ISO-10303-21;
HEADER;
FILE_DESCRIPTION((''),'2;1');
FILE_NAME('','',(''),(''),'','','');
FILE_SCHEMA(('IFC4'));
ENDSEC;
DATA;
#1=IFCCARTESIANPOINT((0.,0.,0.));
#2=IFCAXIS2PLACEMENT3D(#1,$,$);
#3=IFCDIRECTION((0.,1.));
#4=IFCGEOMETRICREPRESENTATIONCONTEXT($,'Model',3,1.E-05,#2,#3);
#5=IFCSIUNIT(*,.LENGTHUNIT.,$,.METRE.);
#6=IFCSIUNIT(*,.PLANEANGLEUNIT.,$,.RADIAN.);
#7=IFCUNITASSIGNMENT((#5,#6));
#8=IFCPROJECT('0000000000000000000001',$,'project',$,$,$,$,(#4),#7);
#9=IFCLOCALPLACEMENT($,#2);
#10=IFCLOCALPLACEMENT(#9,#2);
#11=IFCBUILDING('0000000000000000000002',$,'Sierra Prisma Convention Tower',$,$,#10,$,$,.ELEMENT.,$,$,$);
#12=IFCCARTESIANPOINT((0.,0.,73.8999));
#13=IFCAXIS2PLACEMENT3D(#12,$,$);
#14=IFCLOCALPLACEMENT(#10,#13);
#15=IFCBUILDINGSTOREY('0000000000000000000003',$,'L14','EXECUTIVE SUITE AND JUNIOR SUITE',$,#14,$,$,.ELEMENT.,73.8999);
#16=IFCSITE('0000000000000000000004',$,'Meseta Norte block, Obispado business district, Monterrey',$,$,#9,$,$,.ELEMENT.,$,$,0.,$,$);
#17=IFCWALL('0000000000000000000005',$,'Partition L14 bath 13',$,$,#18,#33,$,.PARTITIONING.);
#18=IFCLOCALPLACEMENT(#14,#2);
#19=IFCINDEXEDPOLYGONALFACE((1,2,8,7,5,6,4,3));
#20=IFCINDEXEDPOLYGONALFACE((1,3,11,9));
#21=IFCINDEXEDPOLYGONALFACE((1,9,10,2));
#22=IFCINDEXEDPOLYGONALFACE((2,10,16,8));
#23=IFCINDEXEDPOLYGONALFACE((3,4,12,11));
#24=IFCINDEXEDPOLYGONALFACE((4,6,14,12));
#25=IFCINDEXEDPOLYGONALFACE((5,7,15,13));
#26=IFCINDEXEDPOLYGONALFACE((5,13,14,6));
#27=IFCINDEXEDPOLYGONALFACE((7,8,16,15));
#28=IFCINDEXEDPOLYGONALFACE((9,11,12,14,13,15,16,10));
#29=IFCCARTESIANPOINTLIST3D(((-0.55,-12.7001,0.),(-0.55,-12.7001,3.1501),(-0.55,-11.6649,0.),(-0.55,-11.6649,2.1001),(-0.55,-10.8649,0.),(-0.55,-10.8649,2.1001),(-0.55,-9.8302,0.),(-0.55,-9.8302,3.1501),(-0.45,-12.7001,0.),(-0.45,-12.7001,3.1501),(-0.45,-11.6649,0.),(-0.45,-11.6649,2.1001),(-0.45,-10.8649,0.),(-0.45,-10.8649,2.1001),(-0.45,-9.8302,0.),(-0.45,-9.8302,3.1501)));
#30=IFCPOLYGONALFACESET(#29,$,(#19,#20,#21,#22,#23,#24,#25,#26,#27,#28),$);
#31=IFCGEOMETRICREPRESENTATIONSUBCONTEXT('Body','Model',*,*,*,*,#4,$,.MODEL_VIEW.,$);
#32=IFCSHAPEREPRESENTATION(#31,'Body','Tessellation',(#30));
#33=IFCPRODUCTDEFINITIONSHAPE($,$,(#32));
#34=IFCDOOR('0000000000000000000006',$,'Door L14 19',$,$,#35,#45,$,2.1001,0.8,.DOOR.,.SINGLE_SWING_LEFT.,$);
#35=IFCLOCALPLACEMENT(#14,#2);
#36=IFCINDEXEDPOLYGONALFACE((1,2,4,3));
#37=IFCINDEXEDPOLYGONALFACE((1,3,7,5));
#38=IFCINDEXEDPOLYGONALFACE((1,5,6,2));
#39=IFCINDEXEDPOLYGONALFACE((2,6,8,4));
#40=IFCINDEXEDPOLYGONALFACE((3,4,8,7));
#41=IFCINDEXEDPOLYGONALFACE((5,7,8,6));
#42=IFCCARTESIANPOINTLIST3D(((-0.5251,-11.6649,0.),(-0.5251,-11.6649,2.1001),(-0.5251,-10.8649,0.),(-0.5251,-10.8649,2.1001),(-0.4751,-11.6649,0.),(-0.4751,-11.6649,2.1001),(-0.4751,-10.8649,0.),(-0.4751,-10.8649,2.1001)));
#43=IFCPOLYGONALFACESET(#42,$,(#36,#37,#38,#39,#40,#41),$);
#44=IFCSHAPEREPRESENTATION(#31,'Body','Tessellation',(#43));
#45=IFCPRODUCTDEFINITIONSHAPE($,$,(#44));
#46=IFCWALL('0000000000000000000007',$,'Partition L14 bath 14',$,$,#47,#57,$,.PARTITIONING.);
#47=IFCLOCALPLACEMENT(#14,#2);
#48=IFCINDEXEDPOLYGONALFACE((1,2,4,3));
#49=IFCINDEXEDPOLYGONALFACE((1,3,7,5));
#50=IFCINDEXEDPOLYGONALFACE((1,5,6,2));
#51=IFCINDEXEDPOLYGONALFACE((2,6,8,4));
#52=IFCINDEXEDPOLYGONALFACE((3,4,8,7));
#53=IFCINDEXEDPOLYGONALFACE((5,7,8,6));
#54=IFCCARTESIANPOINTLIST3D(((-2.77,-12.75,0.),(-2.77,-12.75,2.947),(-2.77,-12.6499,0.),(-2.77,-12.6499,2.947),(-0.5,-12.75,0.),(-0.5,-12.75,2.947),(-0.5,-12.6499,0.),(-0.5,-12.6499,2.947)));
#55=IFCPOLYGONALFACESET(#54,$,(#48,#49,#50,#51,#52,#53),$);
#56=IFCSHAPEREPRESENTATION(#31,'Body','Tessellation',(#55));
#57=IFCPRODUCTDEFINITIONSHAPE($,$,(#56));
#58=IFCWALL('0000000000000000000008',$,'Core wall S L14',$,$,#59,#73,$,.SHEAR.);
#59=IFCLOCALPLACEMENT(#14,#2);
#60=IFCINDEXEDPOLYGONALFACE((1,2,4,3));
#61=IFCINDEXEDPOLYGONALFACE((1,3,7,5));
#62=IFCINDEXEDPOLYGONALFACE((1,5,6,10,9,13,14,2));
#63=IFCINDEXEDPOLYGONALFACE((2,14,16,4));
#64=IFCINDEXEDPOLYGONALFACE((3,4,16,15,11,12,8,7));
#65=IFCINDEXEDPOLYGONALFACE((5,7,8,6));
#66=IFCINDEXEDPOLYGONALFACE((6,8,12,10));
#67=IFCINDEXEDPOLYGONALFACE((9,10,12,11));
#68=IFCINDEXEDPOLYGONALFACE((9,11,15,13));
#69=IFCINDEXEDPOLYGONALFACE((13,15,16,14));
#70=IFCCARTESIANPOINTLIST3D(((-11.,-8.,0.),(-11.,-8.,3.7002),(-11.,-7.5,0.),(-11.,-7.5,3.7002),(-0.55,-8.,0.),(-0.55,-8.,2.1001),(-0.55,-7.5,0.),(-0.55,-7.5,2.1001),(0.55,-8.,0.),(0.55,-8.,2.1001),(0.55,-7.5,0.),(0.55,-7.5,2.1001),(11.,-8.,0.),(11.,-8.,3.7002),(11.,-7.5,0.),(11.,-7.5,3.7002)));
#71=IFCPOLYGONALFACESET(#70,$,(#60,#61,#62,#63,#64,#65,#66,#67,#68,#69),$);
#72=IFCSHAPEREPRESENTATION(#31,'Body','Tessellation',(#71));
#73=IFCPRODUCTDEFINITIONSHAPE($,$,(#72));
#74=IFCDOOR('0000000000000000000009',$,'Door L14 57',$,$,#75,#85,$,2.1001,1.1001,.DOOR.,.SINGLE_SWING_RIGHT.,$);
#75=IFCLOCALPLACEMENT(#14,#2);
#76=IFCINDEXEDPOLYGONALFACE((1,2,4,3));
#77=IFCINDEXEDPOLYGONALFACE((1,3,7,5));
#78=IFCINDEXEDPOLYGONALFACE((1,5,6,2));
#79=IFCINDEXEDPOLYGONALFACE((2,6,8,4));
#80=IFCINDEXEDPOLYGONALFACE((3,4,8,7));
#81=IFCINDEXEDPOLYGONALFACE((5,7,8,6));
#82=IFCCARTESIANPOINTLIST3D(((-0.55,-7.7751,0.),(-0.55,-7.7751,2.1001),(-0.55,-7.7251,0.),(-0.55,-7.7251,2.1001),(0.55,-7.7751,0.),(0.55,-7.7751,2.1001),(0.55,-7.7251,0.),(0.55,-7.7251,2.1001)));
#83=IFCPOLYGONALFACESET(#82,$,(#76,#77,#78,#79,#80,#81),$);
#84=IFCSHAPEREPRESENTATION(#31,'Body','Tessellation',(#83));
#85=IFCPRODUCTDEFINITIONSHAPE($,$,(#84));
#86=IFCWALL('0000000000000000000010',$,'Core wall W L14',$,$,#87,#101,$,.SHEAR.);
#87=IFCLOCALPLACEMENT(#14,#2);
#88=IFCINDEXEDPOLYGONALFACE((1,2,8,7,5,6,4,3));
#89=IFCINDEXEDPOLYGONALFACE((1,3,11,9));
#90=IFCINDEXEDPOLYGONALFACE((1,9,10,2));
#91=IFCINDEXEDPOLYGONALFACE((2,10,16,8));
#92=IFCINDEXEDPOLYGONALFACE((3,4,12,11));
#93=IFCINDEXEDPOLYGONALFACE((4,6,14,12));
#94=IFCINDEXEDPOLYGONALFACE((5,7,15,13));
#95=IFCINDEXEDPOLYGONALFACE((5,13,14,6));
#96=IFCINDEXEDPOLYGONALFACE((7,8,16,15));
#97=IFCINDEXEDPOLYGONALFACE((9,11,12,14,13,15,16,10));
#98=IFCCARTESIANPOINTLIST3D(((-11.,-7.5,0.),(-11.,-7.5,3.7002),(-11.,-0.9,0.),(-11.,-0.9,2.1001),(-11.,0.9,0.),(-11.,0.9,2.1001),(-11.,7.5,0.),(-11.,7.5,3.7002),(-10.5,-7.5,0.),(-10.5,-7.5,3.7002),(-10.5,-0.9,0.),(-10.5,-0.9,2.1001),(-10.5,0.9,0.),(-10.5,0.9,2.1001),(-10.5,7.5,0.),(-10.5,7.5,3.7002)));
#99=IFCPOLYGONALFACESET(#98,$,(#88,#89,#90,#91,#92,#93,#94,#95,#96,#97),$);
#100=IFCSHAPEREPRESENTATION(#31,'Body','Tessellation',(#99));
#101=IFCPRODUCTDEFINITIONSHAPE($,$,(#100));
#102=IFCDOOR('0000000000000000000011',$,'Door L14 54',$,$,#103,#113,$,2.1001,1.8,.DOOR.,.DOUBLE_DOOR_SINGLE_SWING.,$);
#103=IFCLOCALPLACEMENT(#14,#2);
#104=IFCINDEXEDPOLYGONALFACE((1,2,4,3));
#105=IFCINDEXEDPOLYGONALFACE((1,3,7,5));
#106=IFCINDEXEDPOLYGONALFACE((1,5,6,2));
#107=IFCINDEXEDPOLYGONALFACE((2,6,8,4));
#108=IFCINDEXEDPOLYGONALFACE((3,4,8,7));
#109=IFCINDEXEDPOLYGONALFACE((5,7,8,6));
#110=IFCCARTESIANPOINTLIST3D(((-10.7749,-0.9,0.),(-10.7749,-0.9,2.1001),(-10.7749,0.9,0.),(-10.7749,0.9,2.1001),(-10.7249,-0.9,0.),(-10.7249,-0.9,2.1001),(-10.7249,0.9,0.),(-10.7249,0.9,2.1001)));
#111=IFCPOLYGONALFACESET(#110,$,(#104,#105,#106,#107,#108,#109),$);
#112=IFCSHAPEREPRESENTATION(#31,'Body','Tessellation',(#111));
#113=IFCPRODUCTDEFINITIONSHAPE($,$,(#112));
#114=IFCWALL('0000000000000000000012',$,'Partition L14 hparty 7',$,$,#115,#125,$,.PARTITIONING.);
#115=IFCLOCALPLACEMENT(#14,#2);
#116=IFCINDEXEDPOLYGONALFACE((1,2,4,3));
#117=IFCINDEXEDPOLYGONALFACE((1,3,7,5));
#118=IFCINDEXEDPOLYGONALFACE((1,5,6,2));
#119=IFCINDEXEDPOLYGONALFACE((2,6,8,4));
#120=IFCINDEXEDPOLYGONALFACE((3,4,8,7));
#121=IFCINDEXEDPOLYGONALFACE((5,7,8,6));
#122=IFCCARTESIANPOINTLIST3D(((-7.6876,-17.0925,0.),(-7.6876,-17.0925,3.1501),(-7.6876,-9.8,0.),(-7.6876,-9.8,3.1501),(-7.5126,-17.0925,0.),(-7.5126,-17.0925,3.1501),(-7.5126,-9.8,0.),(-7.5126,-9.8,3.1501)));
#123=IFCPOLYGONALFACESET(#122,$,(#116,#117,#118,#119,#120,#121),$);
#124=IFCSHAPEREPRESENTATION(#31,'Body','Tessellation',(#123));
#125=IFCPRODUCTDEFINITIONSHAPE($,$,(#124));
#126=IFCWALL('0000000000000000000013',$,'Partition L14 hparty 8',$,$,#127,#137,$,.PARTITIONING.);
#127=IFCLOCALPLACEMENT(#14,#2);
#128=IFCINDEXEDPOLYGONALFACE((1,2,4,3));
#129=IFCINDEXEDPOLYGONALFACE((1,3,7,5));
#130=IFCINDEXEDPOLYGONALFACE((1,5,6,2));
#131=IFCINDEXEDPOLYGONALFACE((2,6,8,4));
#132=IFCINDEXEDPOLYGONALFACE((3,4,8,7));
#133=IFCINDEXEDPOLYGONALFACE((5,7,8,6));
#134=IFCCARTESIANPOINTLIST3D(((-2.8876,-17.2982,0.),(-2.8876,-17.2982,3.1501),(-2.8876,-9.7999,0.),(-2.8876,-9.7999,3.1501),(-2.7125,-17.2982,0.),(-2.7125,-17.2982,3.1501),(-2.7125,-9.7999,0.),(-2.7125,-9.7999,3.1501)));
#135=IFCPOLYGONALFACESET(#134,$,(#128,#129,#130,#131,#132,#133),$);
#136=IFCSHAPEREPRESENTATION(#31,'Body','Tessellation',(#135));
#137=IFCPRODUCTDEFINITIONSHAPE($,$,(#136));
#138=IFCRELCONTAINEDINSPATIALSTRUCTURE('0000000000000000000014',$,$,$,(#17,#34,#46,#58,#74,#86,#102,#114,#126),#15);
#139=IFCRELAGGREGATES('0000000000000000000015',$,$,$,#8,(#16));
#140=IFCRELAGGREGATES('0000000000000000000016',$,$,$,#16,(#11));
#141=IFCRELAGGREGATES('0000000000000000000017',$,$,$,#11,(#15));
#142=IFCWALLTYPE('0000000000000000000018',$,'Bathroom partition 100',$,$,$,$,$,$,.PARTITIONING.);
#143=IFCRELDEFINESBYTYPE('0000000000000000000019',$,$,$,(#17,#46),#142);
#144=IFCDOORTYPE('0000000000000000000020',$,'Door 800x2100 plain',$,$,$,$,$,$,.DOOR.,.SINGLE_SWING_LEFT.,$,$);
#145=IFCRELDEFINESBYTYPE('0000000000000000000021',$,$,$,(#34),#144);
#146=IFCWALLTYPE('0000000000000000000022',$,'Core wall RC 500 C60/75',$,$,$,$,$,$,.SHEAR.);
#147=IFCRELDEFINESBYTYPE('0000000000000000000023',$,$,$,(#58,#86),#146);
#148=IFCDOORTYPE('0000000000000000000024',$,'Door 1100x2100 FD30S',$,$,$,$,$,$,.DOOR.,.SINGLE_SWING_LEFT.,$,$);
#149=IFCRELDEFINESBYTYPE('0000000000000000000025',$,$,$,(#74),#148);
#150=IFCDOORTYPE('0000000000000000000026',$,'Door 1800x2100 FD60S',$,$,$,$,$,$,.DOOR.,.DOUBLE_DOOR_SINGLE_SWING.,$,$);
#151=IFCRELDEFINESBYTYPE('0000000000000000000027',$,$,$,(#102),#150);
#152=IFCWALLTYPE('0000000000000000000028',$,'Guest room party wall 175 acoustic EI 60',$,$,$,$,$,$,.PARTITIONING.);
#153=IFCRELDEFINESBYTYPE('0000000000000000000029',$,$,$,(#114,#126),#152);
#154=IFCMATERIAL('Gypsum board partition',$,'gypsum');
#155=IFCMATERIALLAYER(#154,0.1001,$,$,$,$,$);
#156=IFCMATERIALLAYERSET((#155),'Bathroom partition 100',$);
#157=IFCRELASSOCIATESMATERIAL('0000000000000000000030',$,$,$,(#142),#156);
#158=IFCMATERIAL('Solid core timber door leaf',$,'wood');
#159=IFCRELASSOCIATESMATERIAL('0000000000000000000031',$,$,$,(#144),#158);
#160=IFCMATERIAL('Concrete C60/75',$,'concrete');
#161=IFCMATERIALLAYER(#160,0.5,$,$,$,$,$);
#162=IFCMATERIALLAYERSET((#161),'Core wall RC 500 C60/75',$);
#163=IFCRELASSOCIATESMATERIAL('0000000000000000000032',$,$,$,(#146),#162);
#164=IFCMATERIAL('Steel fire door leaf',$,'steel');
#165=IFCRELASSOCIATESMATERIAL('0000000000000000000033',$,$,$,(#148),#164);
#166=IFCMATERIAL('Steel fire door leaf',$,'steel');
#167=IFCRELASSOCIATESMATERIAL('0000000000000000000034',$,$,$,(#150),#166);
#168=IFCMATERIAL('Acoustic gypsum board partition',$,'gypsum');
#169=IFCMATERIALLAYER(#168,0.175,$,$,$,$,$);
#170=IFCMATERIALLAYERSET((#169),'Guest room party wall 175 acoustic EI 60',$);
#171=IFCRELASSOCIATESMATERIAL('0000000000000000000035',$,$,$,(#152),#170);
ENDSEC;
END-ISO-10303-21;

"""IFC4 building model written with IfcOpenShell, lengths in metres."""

from ifc_helpers import new_model, si_unit, direction, frame, frame_2d, origin, place, context, subcontext, project, spatial, rectangle, extrude, material, layer, layer_set, type_object, element, fill, save


model = new_model("IFC4")

# Units and contexts
model_context = context("Model", 3, precision=1e-05, world=origin(), true_north=direction((0.0, 1.0)))
body_context = subcontext(model_context, "Body", "Model", "MODEL_VIEW")
ifc_project = project(units=[si_unit("LENGTHUNIT", "METRE"), si_unit("PLANEANGLEUNIT", "RADIAN")], contexts=[model_context])

# Site, building, storey
site_placement = place(None, origin())
site = spatial("IfcSite", under=ifc_project, at=site_placement, Name="Meseta Norte block, Obispado business district, Monterrey", CompositionType="ELEMENT", RefElevation=0.0)
building_placement = place(site_placement, origin())
building = spatial("IfcBuilding", under=site, at=building_placement, Name="Sierra Prisma Convention Tower", CompositionType="ELEMENT")
storey_placement = place(building_placement, frame((0.0, 0.0, 73.8999)))
storey = spatial("IfcBuildingStorey", under=building, at=storey_placement, Name="L14", Description="EXECUTIVE SUITE AND JUNIOR SUITE", CompositionType="ELEMENT", Elevation=73.8999)

# Shared definitions
ifc_material_1 = material(Name="Gypsum board partition", Category="gypsum")
ifc_layer_1 = layer(ifc_material_1, 0.1001)
ifc_layer_set_1 = layer_set([ifc_layer_1], Name="Bathroom partition 100")
wall_type_1 = type_object("IfcWallType", Name="Bathroom partition 100", PredefinedType="PARTITIONING", material=ifc_layer_set_1)
ifc_material_2 = material(Name="Solid core timber door leaf", Category="wood")
door_type_1 = type_object("IfcDoorType", Name="Door 800x2100 plain", OperationType="SINGLE_SWING_LEFT", PredefinedType="DOOR", material=ifc_material_2)

# Wall, opening, door
wall_1_placement = place(storey_placement, frame((-0.5, -9.8301, 0.0), z_axis=(0.0, 0.0, 1.0), x_axis=(0.0, -1.0, 0.0)))
wall_1 = element("IfcWall", 1, at=wall_1_placement, inside=storey, type_object=wall_type_1, Name="Partition L14 bath 13", PredefinedType="PARTITIONING", context=body_context, shape_type="SweptSolid", body=[
    extrude(rectangle(XDim=2.8699, YDim=0.1001, at=frame_2d((1.4351, 0.0))), origin(), (0.0, 0.0, 1.0), 3.1501),
])
opening_1_placement = place(wall_1_placement, frame((1.0349, 0.0, 0.0)))
opening_1 = element("IfcOpeningElement", 2, at=opening_1_placement, cuts=wall_1, PredefinedType="OPENING", context=body_context, shape_type="SweptSolid", body=[
    extrude(rectangle(XDim=0.8, YDim=2.1001, at=frame_2d((0.3999, 1.05))), frame((0.0, 0.05, 0.0), z_axis=(0.0, -1.0, 0.0), x_axis=(1.0, 0.0, 0.0)), (0.0, 0.0, 1.0), 0.1001),
])
door_1_placement = place(opening_1_placement, origin())
door_1 = element("IfcDoor", 3, at=door_1_placement, inside=storey, type_object=door_type_1, Name="Door L14 19", OperationType="SINGLE_SWING_LEFT", OverallHeight=2.1001, OverallWidth=0.8, PredefinedType="DOOR", context=body_context, shape_type="SweptSolid", body=[
    extrude(rectangle(XDim=0.8, YDim=2.1001, at=frame_2d((0.3999, 1.05))), frame((0.0, 0.0249, 0.0), z_axis=(0.0, -1.0, 0.0), x_axis=(1.0, 0.0, 0.0)), (0.0, 0.0, 1.0), 0.05),
])
fill(opening_1, door_1)

# Wall
wall_2_placement = place(storey_placement, frame((-0.5, -12.7, 0.0), z_axis=(0.0, 0.0, 1.0), x_axis=(-1.0, 0.0, 0.0)))
element("IfcWall", 4, at=wall_2_placement, inside=storey, type_object=wall_type_1, Name="Partition L14 bath 14", PredefinedType="PARTITIONING", context=body_context, shape_type="SweptSolid", body=[
    extrude(rectangle(XDim=2.27, YDim=0.1001, at=frame_2d((1.135, 0.0))), origin(), (0.0, 0.0, 1.0), 2.947),
])

# Walls, openings, doors
ifc_material_3 = material(Name="Concrete C60/75", Category="concrete")
ifc_layer_2 = layer(ifc_material_3, 0.5)
ifc_layer_set_2 = layer_set([ifc_layer_2], Name="Core wall RC 500 C60/75")
wall_type_2 = type_object("IfcWallType", Name="Core wall RC 500 C60/75", PredefinedType="SHEAR", material=ifc_layer_set_2)
wall_3_placement = place(storey_placement, frame((-11.0, -7.75, 0.0), z_axis=(0.0, 0.0, 1.0), x_axis=(1.0, 0.0, 0.0)))
wall_3 = element("IfcWall", 5, at=wall_3_placement, inside=storey, type_object=wall_type_2, Name="Core wall S L14", PredefinedType="SHEAR", context=body_context, shape_type="SweptSolid", body=[
    extrude(rectangle(XDim=22.0, YDim=0.5, at=frame_2d((11.0, 0.0))), origin(), (0.0, 0.0, 1.0), 3.7002),
])
opening_2_placement = place(wall_3_placement, frame((10.45, 0.0, 0.0)))
opening_2 = element("IfcOpeningElement", 6, at=opening_2_placement, cuts=wall_3, PredefinedType="OPENING", context=body_context, shape_type="SweptSolid", body=[
    extrude(rectangle(XDim=1.1001, YDim=2.1001, at=frame_2d((0.55, 1.05))), frame((0.0, 0.25, 0.0), z_axis=(0.0, -1.0, 0.0), x_axis=(1.0, 0.0, 0.0)), (0.0, 0.0, 1.0), 0.5),
])
ifc_material_4 = material(Name="Steel fire door leaf", Category="steel")
door_type_2 = type_object("IfcDoorType", Name="Door 1100x2100 FD30S", OperationType="SINGLE_SWING_LEFT", PredefinedType="DOOR", material=ifc_material_4)
door_2_placement = place(opening_2_placement, origin())
door_2 = element("IfcDoor", 7, at=door_2_placement, inside=storey, type_object=door_type_2, Name="Door L14 57", OperationType="SINGLE_SWING_RIGHT", OverallHeight=2.1001, OverallWidth=1.1001, PredefinedType="DOOR", context=body_context, shape_type="SweptSolid", body=[
    extrude(rectangle(XDim=1.1001, YDim=2.1001, at=frame_2d((0.55, 1.05))), frame((0.0, 0.0249, 0.0), z_axis=(0.0, -1.0, 0.0), x_axis=(1.0, 0.0, 0.0)), (0.0, 0.0, 1.0), 0.05),
])
fill(opening_2, door_2)
wall_4_placement = place(storey_placement, frame((-10.75, -7.5, 0.0), z_axis=(0.0, 0.0, 1.0), x_axis=(0.0, 1.0, 0.0)))
wall_4 = element("IfcWall", 8, at=wall_4_placement, inside=storey, type_object=wall_type_2, Name="Core wall W L14", PredefinedType="SHEAR", context=body_context, shape_type="SweptSolid", body=[
    extrude(rectangle(XDim=15.0, YDim=0.5, at=frame_2d((7.5, 0.0))), origin(), (0.0, 0.0, 1.0), 3.7002),
])
opening_3_placement = place(wall_4_placement, frame((6.6001, 0.0, 0.0)))
opening_3 = element("IfcOpeningElement", 9, at=opening_3_placement, cuts=wall_4, PredefinedType="OPENING", context=body_context, shape_type="SweptSolid", body=[
    extrude(rectangle(XDim=1.8, YDim=2.1001, at=frame_2d((0.8999, 1.05))), frame((0.0, 0.25, 0.0), z_axis=(0.0, -1.0, 0.0), x_axis=(1.0, 0.0, 0.0)), (0.0, 0.0, 1.0), 0.5),
])
ifc_material_5 = material(Name="Steel fire door leaf", Category="steel")
door_type_3 = type_object("IfcDoorType", Name="Door 1800x2100 FD60S", OperationType="DOUBLE_DOOR_SINGLE_SWING", PredefinedType="DOOR", material=ifc_material_5)
door_3_placement = place(opening_3_placement, origin())
door_3 = element("IfcDoor", 10, at=door_3_placement, inside=storey, type_object=door_type_3, Name="Door L14 54", OperationType="DOUBLE_DOOR_SINGLE_SWING", OverallHeight=2.1001, OverallWidth=1.8, PredefinedType="DOOR", context=body_context, shape_type="SweptSolid", body=[
    extrude(rectangle(XDim=1.8, YDim=2.1001, at=frame_2d((0.8999, 1.05))), frame((0.0, 0.0249, 0.0), z_axis=(0.0, -1.0, 0.0), x_axis=(1.0, 0.0, 0.0)), (0.0, 0.0, 1.0), 0.05),
])
fill(opening_3, door_3)

# Walls
ifc_material_6 = material(Name="Acoustic gypsum board partition", Category="gypsum")
ifc_layer_3 = layer(ifc_material_6, 0.175)
ifc_layer_set_3 = layer_set([ifc_layer_3], Name="Guest room party wall 175 acoustic EI 60")
wall_type_3 = type_object("IfcWallType", Name="Guest room party wall 175 acoustic EI 60", PredefinedType="PARTITIONING", material=ifc_layer_set_3)
wall_5_placement = place(storey_placement, frame((-7.6001, -9.8, 0.0), z_axis=(0.0, 0.0, 1.0), x_axis=(0.0, -1.0, 0.0)))
element("IfcWall", 11, at=wall_5_placement, inside=storey, type_object=wall_type_3, Name="Partition L14 hparty 7", PredefinedType="PARTITIONING", context=body_context, shape_type="SweptSolid", body=[
    extrude(rectangle(XDim=7.2925, YDim=0.175, at=frame_2d((3.6462, 0.0))), origin(), (0.0, 0.0, 1.0), 3.1501),
])
wall_6_placement = place(storey_placement, frame((-2.8, -9.8, 0.0), z_axis=(0.0, 0.0, 1.0), x_axis=(0.0, -1.0, 0.0)))
element("IfcWall", 12, at=wall_6_placement, inside=storey, type_object=wall_type_3, Name="Partition L14 hparty 8", PredefinedType="PARTITIONING", context=body_context, shape_type="SweptSolid", body=[
    extrude(rectangle(XDim=7.4983, YDim=0.175, at=frame_2d((3.749, 0.0))), origin(), (0.0, 0.0, 1.0), 3.1501),
])

save(model, "model.ifc")
